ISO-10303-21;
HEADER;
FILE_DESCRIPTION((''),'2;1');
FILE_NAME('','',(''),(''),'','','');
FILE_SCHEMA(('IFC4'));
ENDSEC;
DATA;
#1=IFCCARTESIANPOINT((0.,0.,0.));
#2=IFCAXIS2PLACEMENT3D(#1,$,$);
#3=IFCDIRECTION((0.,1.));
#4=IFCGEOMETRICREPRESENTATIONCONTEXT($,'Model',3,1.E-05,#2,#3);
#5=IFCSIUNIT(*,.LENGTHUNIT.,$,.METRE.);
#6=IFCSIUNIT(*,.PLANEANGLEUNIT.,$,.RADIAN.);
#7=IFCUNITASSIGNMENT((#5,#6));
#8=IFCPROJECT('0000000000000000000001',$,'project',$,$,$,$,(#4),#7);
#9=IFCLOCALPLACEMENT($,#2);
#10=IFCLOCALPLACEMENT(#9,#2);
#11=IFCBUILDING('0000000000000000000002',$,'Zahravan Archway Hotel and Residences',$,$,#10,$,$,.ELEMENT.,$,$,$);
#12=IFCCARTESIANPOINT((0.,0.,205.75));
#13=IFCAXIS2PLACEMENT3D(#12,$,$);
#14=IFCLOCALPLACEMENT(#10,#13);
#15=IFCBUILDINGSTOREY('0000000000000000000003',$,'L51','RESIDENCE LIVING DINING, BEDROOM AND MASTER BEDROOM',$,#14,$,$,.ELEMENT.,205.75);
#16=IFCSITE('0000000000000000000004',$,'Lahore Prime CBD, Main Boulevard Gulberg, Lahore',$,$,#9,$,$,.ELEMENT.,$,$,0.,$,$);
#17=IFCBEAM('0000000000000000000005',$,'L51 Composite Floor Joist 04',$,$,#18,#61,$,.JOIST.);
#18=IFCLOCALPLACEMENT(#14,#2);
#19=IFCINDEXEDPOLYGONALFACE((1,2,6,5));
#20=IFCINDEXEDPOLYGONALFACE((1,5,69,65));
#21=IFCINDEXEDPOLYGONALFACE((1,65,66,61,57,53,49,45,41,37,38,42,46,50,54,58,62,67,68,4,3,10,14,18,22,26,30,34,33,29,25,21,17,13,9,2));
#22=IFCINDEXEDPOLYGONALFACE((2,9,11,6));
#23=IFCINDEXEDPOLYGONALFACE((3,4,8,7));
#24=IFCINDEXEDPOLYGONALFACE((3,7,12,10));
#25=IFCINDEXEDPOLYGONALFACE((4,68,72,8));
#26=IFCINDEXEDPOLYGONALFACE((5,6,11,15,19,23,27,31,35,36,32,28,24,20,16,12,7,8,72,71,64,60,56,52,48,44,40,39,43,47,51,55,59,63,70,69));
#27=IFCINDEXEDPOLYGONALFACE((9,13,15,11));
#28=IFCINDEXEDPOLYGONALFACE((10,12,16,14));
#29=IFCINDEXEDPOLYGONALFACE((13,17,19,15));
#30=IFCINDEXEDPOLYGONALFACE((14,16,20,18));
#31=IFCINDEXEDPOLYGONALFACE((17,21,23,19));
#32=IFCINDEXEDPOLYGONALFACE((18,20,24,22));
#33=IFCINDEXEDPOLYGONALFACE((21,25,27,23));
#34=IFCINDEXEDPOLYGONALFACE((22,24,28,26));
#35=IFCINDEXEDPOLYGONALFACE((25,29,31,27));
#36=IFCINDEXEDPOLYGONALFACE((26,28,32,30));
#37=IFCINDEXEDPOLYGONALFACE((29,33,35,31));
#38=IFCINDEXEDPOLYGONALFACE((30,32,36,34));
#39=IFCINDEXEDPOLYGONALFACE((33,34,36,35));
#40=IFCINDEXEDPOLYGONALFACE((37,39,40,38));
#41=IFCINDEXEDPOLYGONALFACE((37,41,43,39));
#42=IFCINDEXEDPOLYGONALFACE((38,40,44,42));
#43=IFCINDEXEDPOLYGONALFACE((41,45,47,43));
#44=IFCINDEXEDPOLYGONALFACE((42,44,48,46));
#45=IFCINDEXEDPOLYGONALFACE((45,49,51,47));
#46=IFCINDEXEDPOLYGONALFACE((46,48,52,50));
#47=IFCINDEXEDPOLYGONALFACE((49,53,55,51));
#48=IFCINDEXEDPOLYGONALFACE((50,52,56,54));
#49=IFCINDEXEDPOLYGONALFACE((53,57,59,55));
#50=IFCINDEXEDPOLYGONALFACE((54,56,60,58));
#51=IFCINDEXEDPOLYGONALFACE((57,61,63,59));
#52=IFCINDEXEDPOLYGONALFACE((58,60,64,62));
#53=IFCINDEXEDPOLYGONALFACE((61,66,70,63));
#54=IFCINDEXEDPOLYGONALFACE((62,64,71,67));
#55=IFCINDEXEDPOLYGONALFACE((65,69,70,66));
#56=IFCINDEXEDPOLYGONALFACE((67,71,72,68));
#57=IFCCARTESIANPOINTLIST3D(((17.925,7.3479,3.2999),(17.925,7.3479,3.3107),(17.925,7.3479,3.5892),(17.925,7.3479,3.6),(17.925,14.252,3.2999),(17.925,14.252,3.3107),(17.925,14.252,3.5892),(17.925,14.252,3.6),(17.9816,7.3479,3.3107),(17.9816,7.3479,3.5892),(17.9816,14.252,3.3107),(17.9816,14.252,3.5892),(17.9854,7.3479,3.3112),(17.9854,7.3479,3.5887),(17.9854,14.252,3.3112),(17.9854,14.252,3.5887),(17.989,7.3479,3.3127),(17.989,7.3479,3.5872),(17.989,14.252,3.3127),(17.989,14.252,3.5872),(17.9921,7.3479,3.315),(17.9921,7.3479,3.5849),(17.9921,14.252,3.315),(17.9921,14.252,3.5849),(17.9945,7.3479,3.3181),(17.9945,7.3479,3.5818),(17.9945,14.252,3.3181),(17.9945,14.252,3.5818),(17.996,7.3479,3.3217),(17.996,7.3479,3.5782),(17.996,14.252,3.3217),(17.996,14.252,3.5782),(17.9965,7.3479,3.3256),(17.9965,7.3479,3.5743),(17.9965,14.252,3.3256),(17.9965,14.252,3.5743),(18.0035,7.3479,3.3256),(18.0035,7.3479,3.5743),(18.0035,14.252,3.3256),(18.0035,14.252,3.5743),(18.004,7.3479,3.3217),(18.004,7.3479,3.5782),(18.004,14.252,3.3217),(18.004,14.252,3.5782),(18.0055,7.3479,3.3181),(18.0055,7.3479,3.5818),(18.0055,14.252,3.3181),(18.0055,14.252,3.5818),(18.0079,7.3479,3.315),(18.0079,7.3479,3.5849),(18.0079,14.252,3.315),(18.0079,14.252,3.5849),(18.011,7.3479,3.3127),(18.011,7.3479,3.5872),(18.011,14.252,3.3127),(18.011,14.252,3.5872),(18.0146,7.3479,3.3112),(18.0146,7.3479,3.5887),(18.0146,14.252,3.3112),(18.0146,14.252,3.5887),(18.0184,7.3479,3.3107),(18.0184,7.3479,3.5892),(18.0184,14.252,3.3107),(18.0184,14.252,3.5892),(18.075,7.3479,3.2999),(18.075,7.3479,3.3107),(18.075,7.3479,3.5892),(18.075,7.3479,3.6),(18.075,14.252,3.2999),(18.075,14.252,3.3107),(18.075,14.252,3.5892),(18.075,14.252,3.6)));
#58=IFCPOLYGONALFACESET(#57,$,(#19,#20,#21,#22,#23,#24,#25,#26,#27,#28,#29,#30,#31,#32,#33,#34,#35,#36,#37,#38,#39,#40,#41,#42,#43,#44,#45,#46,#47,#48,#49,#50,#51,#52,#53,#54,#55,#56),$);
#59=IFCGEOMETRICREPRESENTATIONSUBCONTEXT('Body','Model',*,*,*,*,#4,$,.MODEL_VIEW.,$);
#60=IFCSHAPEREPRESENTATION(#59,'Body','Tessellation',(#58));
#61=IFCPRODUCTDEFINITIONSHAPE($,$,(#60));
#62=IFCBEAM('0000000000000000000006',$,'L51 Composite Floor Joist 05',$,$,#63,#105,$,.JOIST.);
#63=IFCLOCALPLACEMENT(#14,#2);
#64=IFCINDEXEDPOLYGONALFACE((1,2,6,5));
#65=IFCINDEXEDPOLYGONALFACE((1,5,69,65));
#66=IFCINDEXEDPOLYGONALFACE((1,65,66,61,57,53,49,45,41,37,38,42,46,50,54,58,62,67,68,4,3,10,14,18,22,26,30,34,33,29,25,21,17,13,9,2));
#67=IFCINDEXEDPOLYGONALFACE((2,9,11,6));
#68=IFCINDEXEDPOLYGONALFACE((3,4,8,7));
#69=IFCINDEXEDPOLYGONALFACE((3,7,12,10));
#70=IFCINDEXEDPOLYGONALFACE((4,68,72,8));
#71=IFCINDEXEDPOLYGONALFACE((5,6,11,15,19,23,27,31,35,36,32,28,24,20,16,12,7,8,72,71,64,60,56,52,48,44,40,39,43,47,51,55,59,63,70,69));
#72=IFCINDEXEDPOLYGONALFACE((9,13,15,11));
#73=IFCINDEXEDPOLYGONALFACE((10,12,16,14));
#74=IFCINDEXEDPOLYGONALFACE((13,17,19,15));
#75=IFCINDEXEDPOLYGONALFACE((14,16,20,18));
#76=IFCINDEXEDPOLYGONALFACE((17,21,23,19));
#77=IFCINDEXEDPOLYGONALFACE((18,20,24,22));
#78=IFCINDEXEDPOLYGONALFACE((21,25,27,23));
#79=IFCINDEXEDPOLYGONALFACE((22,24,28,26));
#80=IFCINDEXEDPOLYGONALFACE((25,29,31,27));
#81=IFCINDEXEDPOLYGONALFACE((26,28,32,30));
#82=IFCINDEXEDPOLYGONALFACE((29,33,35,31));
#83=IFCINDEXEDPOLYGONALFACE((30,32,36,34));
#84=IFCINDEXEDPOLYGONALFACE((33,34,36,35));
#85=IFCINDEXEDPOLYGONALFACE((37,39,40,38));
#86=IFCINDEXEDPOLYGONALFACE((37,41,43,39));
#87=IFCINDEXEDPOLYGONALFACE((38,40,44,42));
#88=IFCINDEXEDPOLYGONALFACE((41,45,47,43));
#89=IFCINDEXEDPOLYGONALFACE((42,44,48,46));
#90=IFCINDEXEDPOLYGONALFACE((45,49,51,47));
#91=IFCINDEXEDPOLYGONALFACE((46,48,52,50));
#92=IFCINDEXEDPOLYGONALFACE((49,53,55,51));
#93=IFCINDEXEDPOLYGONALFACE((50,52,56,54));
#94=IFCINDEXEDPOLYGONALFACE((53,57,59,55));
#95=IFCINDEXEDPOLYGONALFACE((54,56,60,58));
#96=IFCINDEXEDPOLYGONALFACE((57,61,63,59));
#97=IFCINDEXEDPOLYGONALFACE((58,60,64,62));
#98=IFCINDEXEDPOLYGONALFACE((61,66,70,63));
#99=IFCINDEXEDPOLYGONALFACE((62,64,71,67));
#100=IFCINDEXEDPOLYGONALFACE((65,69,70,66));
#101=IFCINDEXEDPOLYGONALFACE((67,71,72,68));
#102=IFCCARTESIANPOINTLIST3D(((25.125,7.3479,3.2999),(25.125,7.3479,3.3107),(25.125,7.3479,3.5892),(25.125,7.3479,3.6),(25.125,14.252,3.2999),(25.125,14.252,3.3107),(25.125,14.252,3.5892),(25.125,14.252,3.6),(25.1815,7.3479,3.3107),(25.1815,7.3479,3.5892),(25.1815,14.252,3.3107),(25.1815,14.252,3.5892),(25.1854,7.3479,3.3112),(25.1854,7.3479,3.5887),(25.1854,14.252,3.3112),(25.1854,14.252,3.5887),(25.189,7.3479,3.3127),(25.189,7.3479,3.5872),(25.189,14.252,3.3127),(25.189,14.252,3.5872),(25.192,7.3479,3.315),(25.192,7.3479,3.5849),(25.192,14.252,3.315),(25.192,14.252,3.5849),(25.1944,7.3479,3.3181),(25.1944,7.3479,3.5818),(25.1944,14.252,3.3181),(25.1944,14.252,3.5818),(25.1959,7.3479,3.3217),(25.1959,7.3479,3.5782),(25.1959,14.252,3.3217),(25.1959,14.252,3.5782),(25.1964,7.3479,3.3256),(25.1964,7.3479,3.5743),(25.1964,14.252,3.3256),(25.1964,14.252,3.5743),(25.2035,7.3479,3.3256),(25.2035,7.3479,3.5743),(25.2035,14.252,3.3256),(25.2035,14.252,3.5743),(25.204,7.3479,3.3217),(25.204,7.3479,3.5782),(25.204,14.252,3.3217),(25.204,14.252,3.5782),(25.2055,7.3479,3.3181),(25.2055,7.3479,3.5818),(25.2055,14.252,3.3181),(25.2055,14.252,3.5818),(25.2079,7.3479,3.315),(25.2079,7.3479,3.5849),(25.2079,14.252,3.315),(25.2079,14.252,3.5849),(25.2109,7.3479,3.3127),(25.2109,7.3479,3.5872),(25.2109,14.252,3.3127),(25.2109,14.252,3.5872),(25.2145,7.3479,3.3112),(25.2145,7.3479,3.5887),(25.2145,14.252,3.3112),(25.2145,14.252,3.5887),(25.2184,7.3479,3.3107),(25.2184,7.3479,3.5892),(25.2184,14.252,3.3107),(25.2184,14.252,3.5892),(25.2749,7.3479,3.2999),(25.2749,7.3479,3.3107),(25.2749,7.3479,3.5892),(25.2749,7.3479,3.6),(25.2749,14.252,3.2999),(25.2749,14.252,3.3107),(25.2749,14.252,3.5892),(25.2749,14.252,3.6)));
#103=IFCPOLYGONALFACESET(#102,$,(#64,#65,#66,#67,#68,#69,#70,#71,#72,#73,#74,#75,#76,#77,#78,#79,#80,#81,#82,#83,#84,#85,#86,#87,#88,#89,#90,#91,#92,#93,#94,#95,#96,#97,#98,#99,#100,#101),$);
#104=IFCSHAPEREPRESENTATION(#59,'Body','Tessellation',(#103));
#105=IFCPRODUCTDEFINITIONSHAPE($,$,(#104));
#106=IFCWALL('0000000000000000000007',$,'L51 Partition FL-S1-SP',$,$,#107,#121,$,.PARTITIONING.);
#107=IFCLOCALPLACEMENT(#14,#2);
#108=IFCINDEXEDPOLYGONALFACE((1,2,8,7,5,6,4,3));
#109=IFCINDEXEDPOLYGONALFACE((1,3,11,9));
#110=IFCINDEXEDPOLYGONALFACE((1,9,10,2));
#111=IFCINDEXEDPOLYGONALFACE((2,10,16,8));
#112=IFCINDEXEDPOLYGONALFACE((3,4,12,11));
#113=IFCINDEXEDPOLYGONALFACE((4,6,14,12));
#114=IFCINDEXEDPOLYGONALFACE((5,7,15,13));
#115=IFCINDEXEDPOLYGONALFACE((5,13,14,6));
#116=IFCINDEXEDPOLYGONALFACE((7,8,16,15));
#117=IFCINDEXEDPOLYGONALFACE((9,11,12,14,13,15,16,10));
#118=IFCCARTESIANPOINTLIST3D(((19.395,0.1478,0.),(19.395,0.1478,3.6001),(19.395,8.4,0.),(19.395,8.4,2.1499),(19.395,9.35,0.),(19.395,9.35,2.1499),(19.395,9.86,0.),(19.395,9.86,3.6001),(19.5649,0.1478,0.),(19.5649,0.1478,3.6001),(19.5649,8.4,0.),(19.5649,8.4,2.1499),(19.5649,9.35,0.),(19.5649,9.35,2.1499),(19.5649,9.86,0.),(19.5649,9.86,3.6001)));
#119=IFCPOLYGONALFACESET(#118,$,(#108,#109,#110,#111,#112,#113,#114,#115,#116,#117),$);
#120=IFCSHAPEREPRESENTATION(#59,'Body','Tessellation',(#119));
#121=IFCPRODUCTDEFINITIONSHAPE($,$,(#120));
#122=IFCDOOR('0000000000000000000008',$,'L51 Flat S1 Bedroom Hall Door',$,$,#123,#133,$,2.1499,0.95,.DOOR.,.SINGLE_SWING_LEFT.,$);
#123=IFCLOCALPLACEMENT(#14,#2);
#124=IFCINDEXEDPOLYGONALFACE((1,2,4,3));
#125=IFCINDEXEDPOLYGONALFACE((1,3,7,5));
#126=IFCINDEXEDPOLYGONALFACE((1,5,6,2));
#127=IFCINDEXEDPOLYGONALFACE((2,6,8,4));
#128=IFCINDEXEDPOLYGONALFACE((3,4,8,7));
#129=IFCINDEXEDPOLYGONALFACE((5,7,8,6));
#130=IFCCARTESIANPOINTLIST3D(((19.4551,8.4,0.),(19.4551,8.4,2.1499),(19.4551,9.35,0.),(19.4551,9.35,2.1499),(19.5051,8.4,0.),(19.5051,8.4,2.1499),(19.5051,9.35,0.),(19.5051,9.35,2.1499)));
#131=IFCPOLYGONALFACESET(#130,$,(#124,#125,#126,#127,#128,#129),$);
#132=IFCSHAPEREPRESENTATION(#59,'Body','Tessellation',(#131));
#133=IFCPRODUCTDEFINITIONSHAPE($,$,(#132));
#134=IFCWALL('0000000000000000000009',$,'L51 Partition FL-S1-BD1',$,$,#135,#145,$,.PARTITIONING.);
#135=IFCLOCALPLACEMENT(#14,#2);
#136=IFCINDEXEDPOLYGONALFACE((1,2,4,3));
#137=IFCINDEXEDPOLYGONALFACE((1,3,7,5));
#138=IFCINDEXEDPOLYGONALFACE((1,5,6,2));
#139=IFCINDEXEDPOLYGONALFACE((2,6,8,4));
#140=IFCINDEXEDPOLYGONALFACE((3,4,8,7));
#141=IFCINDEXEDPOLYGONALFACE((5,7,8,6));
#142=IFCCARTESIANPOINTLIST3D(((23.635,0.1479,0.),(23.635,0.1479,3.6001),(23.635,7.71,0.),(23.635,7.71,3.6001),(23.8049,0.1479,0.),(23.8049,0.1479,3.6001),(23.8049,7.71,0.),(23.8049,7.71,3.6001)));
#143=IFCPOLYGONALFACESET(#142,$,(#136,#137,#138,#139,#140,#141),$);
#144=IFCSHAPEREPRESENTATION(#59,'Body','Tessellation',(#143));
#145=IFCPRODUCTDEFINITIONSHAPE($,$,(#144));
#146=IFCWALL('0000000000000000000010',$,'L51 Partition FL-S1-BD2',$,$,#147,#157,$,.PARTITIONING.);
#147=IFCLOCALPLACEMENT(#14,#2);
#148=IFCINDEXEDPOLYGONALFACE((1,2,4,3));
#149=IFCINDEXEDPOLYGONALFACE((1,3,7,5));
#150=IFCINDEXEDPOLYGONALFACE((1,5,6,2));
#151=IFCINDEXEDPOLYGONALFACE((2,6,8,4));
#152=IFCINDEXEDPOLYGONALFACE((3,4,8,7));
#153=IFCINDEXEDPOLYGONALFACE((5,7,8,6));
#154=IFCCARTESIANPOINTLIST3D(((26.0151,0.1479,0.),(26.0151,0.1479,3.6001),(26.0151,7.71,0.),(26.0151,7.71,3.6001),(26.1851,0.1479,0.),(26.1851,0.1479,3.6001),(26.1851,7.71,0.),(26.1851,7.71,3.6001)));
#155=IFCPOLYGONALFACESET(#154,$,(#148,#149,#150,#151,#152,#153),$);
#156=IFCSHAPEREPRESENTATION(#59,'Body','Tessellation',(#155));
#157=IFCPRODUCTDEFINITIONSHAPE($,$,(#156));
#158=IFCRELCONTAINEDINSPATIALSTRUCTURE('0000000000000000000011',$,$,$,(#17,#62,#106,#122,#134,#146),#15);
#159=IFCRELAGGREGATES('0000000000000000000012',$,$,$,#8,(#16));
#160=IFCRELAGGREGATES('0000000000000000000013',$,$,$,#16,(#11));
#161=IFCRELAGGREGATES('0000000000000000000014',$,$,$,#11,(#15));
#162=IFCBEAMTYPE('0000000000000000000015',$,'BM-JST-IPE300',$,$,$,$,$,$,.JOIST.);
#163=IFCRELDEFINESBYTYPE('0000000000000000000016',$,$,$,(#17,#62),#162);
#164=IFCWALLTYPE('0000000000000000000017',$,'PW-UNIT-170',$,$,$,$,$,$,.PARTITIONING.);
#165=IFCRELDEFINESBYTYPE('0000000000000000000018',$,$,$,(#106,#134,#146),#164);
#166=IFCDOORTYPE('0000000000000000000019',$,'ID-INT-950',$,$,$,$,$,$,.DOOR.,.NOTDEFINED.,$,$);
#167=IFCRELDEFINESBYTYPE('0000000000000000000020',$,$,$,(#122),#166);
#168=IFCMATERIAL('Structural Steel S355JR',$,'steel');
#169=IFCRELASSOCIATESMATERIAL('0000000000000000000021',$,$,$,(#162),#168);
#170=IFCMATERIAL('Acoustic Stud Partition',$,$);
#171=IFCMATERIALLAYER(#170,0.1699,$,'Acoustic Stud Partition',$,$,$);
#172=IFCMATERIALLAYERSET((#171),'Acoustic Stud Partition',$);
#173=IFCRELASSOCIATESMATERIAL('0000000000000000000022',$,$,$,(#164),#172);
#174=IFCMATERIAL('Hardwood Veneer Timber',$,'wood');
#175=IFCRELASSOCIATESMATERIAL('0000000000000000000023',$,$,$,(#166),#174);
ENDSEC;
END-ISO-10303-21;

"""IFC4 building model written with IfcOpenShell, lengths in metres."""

from ifc_helpers import new_model, si_unit, direction, frame, frame_2d, origin, origin_2d, place, context, subcontext, project, spatial, rectangle, i_section, extrude, source, transform, mapped, material, layer, layer_set, material_profile, profile_set, type_object, type_shapes, element, fill, save


model = new_model("IFC4")

# Units and contexts
model_context = context("Model", 3, precision=1e-05, world=origin(), true_north=direction((0.0, 1.0)))
body_context = subcontext(model_context, "Body", "Model", "MODEL_VIEW")
ifc_project = project(units=[si_unit("LENGTHUNIT", "METRE"), si_unit("PLANEANGLEUNIT", "RADIAN")], contexts=[model_context])

# Site, building, storey
site_placement = place(None, origin())
site = spatial("IfcSite", under=ifc_project, at=site_placement, Name="Lahore Prime CBD, Main Boulevard Gulberg, Lahore", CompositionType="ELEMENT", RefElevation=0.0)
building_placement = place(site_placement, origin())
building = spatial("IfcBuilding", under=site, at=building_placement, Name="Zahravan Archway Hotel and Residences", CompositionType="ELEMENT")
storey_placement = place(building_placement, frame((0.0, 0.0, 205.75)))
storey = spatial("IfcBuildingStorey", under=building, at=storey_placement, Name="L51", Description="RESIDENCE LIVING DINING, BEDROOM AND MASTER BEDROOM", CompositionType="ELEMENT", Elevation=205.75)

# Beams
ifc_material_1 = material(Name="Structural Steel S355JR", Category="steel")
ifc_material_profile_1 = material_profile(ifc_material_1, i_section(OverallWidth=0.1499, OverallDepth=0.3, WebThickness=0.0071, FlangeThickness=0.0107, FilletRadius=0.0149, at=origin_2d()), Name="IPE 300", Category="steel")
ifc_profile_set_1 = profile_set([ifc_material_profile_1], Name="Structural Steel S355JR")
beam_type_1 = type_object("IfcBeamType", Name="BM-JST-IPE300", PredefinedType="JOIST", material=ifc_profile_set_1)
shared_shape_1 = source(origin(), body_context, "Body", "SweptSolid", [
    extrude(i_section(OverallWidth=0.1499, OverallDepth=0.3, WebThickness=0.0071, FlangeThickness=0.0107, FilletRadius=0.0149, at=origin_2d()), origin(), (0.0, 0.0, 1.0), 6.9041),
])
type_shapes(beam_type_1, [shared_shape_1])
for number, where, z_axis, x_axis, name in (
    (1, (18.0, 7.3479, 3.45), (0.0, 1.0, 0.0), (-1.0, 0.0, 0.0), "L51 Composite Floor Joist 04"),
    (2, (25.2, 7.3479, 3.45), (0.0, 1.0, 0.0), (-1.0, 0.0, 0.0), "L51 Composite Floor Joist 05"),
):
    element("IfcBeam", number, at=place(storey_placement, frame(where, z_axis=z_axis, x_axis=x_axis)), inside=storey, type_object=beam_type_1, Name=name, PredefinedType="JOIST", context=body_context, shape_type="MappedRepresentation", body=[
        mapped(shared_shape_1, transform((0.0, 0.0, 0.0), scale=1.0)),
    ])

# Wall, opening, door
ifc_material_2 = material(Name="Acoustic Stud Partition")
ifc_layer = layer(ifc_material_2, 0.1699, Name="Acoustic Stud Partition")
ifc_layer_set = layer_set([ifc_layer], Name="Acoustic Stud Partition")
wall_type = type_object("IfcWallType", Name="PW-UNIT-170", PredefinedType="PARTITIONING", material=ifc_layer_set)
wall_placement = place(storey_placement, frame((19.48, 0.1479, 0.0), z_axis=(0.0, 0.0, 1.0), x_axis=(0.0, 1.0, 0.0)))
wall = element("IfcWall", 3, at=wall_placement, inside=storey, type_object=wall_type, Name="L51 Partition FL-S1-SP", PredefinedType="PARTITIONING", context=body_context, shape_type="SweptSolid", body=[
    extrude(rectangle(XDim=9.7122, YDim=0.1699, at=frame_2d((4.856, 0.0))), origin(), (0.0, 0.0, 1.0), 3.6001),
])
opening_placement = place(wall_placement, frame((8.252, 0.0, 0.0)))
opening = element("IfcOpeningElement", 4, at=opening_placement, cuts=wall, PredefinedType="OPENING", context=body_context, shape_type="SweptSolid", body=[
    extrude(rectangle(XDim=0.95, YDim=2.1499, at=frame_2d((0.4751, 1.075))), frame((0.0, 0.095, 0.0), z_axis=(0.0, -1.0, 0.0), x_axis=(1.0, 0.0, 0.0)), (0.0, 0.0, 1.0), 0.1899),
])
ifc_material_3 = material(Name="Hardwood Veneer Timber", Category="wood")
door_type = type_object("IfcDoorType", Name="ID-INT-950", OperationType="NOTDEFINED", PredefinedType="DOOR", material=ifc_material_3)
shared_shape_2 = source(origin(), body_context, "Body", "SweptSolid", [
    extrude(rectangle(XDim=0.95, YDim=2.1499, at=frame_2d((0.4751, 1.075))), frame((0.0, 0.0249, 0.0), z_axis=(0.0, -1.0, 0.0), x_axis=(1.0, 0.0, 0.0)), (0.0, 0.0, 1.0), 0.05),
])
type_shapes(door_type, [shared_shape_2])
door_placement = place(opening_placement, origin())
door = element("IfcDoor", 5, at=door_placement, inside=storey, type_object=door_type, Name="L51 Flat S1 Bedroom Hall Door", OperationType="SINGLE_SWING_LEFT", OverallHeight=2.1499, OverallWidth=0.95, PredefinedType="DOOR", context=body_context, shape_type="MappedRepresentation", body=[
    mapped(shared_shape_2, transform((0.0, 0.0, 0.0), scale=1.0)),
])
fill(opening, door)

# Walls
for number, where, z_axis, x_axis, name in (
    (6, (23.72, 0.1479, 0.0), (0.0, 0.0, 1.0), (0.0, 1.0, 0.0), "L51 Partition FL-S1-BD1"),
    (7, (26.1001, 0.1479, 0.0), (0.0, 0.0, 1.0), (0.0, 1.0, 0.0), "L51 Partition FL-S1-BD2"),
):
    element("IfcWall", number, at=place(storey_placement, frame(where, z_axis=z_axis, x_axis=x_axis)), inside=storey, type_object=wall_type, Name=name, PredefinedType="PARTITIONING", context=body_context, shape_type="SweptSolid", body=[
        extrude(rectangle(XDim=7.562, YDim=0.1699, at=frame_2d((3.781, 0.0))), origin(), (0.0, 0.0, 1.0), 3.6001),
    ])

save(model, "model.ifc")
